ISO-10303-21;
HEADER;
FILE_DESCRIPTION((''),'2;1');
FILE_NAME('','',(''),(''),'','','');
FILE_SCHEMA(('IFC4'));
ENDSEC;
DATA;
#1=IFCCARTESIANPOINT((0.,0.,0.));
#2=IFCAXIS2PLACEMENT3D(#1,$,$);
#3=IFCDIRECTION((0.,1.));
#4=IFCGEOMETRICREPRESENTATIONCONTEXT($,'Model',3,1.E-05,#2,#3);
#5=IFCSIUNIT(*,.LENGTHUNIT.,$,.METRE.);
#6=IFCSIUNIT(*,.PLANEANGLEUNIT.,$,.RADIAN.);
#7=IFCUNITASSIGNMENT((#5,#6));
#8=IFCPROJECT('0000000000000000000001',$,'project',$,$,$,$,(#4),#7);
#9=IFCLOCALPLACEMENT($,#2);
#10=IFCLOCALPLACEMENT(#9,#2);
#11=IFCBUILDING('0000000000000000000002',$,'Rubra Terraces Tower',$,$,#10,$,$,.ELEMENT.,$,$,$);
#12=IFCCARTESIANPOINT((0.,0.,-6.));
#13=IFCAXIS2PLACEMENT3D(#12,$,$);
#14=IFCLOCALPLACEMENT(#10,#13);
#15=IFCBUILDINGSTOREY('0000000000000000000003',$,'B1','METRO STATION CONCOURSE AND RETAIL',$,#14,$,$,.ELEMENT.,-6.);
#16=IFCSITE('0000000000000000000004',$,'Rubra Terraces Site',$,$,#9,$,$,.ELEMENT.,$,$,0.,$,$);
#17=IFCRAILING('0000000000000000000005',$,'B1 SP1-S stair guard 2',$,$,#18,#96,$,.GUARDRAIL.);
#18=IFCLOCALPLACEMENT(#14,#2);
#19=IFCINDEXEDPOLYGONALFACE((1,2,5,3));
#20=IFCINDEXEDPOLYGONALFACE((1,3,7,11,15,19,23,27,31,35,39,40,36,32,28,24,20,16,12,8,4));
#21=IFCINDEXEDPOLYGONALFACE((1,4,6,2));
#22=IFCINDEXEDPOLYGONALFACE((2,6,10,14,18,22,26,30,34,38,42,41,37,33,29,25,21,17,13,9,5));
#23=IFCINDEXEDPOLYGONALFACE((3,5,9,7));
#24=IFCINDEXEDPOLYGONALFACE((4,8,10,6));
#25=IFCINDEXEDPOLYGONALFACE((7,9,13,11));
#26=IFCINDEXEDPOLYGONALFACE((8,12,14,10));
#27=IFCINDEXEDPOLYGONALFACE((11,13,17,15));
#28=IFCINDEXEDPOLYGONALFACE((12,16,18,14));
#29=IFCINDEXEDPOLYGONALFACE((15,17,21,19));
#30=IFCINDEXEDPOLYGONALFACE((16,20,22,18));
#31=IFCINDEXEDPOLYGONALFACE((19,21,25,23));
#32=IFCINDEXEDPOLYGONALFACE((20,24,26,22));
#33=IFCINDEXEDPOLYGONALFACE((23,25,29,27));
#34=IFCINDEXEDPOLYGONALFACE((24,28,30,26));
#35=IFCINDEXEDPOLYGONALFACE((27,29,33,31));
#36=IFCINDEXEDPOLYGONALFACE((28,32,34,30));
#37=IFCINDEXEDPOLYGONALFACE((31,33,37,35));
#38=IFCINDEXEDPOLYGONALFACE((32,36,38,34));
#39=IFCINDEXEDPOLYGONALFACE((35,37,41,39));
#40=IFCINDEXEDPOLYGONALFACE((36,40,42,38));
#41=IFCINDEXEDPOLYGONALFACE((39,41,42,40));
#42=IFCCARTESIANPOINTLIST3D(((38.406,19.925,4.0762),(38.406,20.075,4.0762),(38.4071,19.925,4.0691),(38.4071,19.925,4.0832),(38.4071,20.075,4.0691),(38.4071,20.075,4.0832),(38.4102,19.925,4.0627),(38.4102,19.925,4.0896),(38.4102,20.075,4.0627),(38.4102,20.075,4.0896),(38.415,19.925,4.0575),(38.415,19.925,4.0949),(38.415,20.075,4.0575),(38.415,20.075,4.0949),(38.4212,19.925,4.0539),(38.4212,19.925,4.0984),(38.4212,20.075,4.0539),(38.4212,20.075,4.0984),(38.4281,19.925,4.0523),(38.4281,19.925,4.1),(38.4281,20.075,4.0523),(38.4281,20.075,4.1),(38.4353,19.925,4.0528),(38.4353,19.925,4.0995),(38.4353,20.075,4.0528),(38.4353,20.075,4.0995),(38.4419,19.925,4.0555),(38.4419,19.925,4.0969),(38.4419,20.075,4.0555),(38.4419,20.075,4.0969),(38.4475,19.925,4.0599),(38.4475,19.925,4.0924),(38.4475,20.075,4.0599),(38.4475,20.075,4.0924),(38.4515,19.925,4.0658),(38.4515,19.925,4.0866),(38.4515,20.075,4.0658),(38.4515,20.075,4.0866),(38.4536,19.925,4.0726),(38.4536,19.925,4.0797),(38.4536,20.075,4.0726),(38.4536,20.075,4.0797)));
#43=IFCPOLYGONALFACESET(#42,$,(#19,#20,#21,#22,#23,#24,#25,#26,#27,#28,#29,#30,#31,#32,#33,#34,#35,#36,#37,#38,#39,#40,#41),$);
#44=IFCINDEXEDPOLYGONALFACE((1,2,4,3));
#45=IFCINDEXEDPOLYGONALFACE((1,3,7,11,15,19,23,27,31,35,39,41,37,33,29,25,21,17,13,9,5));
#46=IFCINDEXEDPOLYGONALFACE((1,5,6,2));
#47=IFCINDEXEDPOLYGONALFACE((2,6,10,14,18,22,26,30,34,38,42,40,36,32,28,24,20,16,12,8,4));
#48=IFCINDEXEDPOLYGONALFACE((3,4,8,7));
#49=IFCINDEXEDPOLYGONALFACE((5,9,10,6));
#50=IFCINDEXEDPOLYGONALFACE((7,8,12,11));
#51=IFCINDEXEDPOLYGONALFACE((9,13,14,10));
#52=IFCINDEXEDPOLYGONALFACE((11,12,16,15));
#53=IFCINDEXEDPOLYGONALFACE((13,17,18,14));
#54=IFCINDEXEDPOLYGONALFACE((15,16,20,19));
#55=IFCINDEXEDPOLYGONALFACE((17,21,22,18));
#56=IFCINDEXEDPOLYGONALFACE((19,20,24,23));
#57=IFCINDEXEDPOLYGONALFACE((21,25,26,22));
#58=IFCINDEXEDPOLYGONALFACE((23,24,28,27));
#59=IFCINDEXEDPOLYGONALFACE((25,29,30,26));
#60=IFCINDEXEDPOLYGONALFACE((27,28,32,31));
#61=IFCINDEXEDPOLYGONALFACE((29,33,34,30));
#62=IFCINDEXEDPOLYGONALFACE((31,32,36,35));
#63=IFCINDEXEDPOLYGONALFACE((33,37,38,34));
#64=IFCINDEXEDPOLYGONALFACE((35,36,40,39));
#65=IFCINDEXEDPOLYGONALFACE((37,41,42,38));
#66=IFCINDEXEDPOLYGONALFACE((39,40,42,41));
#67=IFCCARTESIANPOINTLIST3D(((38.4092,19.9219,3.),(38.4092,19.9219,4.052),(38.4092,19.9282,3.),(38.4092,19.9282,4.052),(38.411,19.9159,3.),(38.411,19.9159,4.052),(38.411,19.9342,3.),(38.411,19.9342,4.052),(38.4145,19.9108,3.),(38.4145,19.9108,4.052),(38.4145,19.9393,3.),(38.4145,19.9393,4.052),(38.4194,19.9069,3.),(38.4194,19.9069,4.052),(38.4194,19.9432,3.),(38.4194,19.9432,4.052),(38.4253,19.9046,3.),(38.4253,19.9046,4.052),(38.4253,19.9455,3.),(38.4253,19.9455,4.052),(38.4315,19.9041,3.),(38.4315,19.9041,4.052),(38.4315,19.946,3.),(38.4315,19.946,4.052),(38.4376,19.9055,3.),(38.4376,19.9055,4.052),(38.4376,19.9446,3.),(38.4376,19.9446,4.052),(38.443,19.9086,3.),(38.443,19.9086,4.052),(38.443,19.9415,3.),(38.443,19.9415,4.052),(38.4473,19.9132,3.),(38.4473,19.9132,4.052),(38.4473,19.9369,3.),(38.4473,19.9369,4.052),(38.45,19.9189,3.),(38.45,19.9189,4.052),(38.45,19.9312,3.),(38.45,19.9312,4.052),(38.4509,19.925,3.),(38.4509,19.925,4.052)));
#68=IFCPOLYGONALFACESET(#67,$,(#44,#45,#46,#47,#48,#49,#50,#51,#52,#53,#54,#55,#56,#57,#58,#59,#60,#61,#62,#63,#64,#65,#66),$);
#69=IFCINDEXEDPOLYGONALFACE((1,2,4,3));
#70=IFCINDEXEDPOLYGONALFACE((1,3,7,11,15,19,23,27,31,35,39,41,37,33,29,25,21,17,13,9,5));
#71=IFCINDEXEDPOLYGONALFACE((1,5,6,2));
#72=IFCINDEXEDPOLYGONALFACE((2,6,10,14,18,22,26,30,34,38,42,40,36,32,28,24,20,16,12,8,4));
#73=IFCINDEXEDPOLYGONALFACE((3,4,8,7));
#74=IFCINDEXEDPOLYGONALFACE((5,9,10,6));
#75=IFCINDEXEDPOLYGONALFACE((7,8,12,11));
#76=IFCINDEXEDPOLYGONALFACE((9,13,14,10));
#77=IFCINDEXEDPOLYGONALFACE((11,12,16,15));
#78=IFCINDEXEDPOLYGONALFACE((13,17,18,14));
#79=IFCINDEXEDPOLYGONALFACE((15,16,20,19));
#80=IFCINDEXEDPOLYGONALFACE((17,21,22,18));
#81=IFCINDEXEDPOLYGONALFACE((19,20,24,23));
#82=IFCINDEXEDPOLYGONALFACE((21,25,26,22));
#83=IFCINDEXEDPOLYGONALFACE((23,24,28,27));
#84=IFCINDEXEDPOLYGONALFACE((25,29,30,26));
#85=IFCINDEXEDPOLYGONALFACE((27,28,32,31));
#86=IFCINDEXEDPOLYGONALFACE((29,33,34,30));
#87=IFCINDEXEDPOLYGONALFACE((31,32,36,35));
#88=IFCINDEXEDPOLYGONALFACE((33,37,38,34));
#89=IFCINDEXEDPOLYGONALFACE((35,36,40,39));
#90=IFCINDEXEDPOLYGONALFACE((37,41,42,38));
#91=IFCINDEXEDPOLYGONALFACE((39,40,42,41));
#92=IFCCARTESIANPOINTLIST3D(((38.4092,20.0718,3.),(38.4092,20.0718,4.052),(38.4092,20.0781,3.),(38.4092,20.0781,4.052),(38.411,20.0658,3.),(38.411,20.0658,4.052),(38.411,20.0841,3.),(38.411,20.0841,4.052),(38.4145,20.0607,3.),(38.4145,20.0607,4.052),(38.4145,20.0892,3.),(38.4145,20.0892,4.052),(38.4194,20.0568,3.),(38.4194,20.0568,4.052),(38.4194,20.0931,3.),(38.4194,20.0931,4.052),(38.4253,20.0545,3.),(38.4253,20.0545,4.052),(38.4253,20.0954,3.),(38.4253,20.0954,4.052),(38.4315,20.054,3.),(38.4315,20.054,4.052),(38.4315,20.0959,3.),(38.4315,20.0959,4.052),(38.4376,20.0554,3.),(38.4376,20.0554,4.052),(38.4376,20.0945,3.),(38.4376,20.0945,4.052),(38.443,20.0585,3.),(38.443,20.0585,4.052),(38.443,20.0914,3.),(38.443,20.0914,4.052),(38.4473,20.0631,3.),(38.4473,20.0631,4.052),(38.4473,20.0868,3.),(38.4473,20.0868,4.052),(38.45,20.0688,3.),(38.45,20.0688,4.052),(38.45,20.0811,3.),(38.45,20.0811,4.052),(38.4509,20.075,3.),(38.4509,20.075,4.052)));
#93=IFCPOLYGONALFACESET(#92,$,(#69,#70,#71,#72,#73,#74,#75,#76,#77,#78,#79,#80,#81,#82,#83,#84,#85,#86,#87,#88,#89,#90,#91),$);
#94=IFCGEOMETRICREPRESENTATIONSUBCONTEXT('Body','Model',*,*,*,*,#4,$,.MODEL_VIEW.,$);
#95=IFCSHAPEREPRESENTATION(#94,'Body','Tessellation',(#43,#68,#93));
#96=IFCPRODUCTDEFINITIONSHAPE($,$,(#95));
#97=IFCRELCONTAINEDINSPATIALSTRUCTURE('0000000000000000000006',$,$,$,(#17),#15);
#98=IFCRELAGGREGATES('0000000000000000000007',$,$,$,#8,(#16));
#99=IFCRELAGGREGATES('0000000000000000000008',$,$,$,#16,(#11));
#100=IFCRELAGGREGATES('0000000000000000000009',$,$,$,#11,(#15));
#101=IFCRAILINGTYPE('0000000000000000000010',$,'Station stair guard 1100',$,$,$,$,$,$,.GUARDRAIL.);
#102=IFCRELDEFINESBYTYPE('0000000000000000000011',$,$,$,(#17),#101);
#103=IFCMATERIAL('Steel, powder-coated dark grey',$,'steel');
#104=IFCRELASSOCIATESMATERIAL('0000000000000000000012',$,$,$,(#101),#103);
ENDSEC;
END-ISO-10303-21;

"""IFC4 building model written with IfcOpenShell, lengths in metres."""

from ifc_helpers import new_model, si_unit, direction, frame, origin, origin_2d, place, context, subcontext, project, spatial, circle, extrude, material, type_object, element, save


model = new_model("IFC4")

# Units and contexts
model_context = context("Model", 3, precision=1e-05, world=origin(), true_north=direction((0.0, 1.0)))
body_context = subcontext(model_context, "Body", "Model", "MODEL_VIEW")
ifc_project = project(units=[si_unit("LENGTHUNIT", "METRE"), si_unit("PLANEANGLEUNIT", "RADIAN")], contexts=[model_context])

# Site, building, storey
site_placement = place(None, origin())
site = spatial("IfcSite", under=ifc_project, at=site_placement, Name="Rubra Terraces Site", CompositionType="ELEMENT", RefElevation=0.0)
building_placement = place(site_placement, origin())
building = spatial("IfcBuilding", under=site, at=building_placement, Name="Rubra Terraces Tower", CompositionType="ELEMENT")
storey_placement = place(building_placement, frame((0.0, 0.0, -6.0)))
storey = spatial("IfcBuildingStorey", under=building, at=storey_placement, Name="B1", Description="METRO STATION CONCOURSE AND RETAIL", CompositionType="ELEMENT", Elevation=-6.0)

# Railing
ifc_material_1 = material(Name="Steel, powder-coated dark grey", Category="steel")
railing_type_1 = type_object("IfcRailingType", Name="Station stair guard 1100", PredefinedType="GUARDRAIL", material=ifc_material_1)
railing_1_placement = place(storey_placement, frame((38.4299, 19.925, 3.0)))
element("IfcRailing", 1, at=railing_1_placement, inside=storey, type_object=railing_type_1, Name="B1 SP1-S stair guard 2", PredefinedType="GUARDRAIL", context=body_context, shape_type="SweptSolid", body=[
    extrude(circle(Radius=0.0239, at=origin_2d()), frame((0.0, 0.0, 1.0762), z_axis=(0.0, 1.0, 0.0), x_axis=(-1.0, 0.0, 0.0)), (0.0, 0.0, 1.0), 0.1499),
    extrude(circle(Radius=0.021, at=origin_2d()), origin(), (0.0, 0.0, 1.0), 1.052),
    extrude(circle(Radius=0.021, at=origin_2d()), frame((0.0, 0.1499, 0.0)), (0.0, 0.0, 1.0), 1.052),
])

save(model, "model.ifc")
